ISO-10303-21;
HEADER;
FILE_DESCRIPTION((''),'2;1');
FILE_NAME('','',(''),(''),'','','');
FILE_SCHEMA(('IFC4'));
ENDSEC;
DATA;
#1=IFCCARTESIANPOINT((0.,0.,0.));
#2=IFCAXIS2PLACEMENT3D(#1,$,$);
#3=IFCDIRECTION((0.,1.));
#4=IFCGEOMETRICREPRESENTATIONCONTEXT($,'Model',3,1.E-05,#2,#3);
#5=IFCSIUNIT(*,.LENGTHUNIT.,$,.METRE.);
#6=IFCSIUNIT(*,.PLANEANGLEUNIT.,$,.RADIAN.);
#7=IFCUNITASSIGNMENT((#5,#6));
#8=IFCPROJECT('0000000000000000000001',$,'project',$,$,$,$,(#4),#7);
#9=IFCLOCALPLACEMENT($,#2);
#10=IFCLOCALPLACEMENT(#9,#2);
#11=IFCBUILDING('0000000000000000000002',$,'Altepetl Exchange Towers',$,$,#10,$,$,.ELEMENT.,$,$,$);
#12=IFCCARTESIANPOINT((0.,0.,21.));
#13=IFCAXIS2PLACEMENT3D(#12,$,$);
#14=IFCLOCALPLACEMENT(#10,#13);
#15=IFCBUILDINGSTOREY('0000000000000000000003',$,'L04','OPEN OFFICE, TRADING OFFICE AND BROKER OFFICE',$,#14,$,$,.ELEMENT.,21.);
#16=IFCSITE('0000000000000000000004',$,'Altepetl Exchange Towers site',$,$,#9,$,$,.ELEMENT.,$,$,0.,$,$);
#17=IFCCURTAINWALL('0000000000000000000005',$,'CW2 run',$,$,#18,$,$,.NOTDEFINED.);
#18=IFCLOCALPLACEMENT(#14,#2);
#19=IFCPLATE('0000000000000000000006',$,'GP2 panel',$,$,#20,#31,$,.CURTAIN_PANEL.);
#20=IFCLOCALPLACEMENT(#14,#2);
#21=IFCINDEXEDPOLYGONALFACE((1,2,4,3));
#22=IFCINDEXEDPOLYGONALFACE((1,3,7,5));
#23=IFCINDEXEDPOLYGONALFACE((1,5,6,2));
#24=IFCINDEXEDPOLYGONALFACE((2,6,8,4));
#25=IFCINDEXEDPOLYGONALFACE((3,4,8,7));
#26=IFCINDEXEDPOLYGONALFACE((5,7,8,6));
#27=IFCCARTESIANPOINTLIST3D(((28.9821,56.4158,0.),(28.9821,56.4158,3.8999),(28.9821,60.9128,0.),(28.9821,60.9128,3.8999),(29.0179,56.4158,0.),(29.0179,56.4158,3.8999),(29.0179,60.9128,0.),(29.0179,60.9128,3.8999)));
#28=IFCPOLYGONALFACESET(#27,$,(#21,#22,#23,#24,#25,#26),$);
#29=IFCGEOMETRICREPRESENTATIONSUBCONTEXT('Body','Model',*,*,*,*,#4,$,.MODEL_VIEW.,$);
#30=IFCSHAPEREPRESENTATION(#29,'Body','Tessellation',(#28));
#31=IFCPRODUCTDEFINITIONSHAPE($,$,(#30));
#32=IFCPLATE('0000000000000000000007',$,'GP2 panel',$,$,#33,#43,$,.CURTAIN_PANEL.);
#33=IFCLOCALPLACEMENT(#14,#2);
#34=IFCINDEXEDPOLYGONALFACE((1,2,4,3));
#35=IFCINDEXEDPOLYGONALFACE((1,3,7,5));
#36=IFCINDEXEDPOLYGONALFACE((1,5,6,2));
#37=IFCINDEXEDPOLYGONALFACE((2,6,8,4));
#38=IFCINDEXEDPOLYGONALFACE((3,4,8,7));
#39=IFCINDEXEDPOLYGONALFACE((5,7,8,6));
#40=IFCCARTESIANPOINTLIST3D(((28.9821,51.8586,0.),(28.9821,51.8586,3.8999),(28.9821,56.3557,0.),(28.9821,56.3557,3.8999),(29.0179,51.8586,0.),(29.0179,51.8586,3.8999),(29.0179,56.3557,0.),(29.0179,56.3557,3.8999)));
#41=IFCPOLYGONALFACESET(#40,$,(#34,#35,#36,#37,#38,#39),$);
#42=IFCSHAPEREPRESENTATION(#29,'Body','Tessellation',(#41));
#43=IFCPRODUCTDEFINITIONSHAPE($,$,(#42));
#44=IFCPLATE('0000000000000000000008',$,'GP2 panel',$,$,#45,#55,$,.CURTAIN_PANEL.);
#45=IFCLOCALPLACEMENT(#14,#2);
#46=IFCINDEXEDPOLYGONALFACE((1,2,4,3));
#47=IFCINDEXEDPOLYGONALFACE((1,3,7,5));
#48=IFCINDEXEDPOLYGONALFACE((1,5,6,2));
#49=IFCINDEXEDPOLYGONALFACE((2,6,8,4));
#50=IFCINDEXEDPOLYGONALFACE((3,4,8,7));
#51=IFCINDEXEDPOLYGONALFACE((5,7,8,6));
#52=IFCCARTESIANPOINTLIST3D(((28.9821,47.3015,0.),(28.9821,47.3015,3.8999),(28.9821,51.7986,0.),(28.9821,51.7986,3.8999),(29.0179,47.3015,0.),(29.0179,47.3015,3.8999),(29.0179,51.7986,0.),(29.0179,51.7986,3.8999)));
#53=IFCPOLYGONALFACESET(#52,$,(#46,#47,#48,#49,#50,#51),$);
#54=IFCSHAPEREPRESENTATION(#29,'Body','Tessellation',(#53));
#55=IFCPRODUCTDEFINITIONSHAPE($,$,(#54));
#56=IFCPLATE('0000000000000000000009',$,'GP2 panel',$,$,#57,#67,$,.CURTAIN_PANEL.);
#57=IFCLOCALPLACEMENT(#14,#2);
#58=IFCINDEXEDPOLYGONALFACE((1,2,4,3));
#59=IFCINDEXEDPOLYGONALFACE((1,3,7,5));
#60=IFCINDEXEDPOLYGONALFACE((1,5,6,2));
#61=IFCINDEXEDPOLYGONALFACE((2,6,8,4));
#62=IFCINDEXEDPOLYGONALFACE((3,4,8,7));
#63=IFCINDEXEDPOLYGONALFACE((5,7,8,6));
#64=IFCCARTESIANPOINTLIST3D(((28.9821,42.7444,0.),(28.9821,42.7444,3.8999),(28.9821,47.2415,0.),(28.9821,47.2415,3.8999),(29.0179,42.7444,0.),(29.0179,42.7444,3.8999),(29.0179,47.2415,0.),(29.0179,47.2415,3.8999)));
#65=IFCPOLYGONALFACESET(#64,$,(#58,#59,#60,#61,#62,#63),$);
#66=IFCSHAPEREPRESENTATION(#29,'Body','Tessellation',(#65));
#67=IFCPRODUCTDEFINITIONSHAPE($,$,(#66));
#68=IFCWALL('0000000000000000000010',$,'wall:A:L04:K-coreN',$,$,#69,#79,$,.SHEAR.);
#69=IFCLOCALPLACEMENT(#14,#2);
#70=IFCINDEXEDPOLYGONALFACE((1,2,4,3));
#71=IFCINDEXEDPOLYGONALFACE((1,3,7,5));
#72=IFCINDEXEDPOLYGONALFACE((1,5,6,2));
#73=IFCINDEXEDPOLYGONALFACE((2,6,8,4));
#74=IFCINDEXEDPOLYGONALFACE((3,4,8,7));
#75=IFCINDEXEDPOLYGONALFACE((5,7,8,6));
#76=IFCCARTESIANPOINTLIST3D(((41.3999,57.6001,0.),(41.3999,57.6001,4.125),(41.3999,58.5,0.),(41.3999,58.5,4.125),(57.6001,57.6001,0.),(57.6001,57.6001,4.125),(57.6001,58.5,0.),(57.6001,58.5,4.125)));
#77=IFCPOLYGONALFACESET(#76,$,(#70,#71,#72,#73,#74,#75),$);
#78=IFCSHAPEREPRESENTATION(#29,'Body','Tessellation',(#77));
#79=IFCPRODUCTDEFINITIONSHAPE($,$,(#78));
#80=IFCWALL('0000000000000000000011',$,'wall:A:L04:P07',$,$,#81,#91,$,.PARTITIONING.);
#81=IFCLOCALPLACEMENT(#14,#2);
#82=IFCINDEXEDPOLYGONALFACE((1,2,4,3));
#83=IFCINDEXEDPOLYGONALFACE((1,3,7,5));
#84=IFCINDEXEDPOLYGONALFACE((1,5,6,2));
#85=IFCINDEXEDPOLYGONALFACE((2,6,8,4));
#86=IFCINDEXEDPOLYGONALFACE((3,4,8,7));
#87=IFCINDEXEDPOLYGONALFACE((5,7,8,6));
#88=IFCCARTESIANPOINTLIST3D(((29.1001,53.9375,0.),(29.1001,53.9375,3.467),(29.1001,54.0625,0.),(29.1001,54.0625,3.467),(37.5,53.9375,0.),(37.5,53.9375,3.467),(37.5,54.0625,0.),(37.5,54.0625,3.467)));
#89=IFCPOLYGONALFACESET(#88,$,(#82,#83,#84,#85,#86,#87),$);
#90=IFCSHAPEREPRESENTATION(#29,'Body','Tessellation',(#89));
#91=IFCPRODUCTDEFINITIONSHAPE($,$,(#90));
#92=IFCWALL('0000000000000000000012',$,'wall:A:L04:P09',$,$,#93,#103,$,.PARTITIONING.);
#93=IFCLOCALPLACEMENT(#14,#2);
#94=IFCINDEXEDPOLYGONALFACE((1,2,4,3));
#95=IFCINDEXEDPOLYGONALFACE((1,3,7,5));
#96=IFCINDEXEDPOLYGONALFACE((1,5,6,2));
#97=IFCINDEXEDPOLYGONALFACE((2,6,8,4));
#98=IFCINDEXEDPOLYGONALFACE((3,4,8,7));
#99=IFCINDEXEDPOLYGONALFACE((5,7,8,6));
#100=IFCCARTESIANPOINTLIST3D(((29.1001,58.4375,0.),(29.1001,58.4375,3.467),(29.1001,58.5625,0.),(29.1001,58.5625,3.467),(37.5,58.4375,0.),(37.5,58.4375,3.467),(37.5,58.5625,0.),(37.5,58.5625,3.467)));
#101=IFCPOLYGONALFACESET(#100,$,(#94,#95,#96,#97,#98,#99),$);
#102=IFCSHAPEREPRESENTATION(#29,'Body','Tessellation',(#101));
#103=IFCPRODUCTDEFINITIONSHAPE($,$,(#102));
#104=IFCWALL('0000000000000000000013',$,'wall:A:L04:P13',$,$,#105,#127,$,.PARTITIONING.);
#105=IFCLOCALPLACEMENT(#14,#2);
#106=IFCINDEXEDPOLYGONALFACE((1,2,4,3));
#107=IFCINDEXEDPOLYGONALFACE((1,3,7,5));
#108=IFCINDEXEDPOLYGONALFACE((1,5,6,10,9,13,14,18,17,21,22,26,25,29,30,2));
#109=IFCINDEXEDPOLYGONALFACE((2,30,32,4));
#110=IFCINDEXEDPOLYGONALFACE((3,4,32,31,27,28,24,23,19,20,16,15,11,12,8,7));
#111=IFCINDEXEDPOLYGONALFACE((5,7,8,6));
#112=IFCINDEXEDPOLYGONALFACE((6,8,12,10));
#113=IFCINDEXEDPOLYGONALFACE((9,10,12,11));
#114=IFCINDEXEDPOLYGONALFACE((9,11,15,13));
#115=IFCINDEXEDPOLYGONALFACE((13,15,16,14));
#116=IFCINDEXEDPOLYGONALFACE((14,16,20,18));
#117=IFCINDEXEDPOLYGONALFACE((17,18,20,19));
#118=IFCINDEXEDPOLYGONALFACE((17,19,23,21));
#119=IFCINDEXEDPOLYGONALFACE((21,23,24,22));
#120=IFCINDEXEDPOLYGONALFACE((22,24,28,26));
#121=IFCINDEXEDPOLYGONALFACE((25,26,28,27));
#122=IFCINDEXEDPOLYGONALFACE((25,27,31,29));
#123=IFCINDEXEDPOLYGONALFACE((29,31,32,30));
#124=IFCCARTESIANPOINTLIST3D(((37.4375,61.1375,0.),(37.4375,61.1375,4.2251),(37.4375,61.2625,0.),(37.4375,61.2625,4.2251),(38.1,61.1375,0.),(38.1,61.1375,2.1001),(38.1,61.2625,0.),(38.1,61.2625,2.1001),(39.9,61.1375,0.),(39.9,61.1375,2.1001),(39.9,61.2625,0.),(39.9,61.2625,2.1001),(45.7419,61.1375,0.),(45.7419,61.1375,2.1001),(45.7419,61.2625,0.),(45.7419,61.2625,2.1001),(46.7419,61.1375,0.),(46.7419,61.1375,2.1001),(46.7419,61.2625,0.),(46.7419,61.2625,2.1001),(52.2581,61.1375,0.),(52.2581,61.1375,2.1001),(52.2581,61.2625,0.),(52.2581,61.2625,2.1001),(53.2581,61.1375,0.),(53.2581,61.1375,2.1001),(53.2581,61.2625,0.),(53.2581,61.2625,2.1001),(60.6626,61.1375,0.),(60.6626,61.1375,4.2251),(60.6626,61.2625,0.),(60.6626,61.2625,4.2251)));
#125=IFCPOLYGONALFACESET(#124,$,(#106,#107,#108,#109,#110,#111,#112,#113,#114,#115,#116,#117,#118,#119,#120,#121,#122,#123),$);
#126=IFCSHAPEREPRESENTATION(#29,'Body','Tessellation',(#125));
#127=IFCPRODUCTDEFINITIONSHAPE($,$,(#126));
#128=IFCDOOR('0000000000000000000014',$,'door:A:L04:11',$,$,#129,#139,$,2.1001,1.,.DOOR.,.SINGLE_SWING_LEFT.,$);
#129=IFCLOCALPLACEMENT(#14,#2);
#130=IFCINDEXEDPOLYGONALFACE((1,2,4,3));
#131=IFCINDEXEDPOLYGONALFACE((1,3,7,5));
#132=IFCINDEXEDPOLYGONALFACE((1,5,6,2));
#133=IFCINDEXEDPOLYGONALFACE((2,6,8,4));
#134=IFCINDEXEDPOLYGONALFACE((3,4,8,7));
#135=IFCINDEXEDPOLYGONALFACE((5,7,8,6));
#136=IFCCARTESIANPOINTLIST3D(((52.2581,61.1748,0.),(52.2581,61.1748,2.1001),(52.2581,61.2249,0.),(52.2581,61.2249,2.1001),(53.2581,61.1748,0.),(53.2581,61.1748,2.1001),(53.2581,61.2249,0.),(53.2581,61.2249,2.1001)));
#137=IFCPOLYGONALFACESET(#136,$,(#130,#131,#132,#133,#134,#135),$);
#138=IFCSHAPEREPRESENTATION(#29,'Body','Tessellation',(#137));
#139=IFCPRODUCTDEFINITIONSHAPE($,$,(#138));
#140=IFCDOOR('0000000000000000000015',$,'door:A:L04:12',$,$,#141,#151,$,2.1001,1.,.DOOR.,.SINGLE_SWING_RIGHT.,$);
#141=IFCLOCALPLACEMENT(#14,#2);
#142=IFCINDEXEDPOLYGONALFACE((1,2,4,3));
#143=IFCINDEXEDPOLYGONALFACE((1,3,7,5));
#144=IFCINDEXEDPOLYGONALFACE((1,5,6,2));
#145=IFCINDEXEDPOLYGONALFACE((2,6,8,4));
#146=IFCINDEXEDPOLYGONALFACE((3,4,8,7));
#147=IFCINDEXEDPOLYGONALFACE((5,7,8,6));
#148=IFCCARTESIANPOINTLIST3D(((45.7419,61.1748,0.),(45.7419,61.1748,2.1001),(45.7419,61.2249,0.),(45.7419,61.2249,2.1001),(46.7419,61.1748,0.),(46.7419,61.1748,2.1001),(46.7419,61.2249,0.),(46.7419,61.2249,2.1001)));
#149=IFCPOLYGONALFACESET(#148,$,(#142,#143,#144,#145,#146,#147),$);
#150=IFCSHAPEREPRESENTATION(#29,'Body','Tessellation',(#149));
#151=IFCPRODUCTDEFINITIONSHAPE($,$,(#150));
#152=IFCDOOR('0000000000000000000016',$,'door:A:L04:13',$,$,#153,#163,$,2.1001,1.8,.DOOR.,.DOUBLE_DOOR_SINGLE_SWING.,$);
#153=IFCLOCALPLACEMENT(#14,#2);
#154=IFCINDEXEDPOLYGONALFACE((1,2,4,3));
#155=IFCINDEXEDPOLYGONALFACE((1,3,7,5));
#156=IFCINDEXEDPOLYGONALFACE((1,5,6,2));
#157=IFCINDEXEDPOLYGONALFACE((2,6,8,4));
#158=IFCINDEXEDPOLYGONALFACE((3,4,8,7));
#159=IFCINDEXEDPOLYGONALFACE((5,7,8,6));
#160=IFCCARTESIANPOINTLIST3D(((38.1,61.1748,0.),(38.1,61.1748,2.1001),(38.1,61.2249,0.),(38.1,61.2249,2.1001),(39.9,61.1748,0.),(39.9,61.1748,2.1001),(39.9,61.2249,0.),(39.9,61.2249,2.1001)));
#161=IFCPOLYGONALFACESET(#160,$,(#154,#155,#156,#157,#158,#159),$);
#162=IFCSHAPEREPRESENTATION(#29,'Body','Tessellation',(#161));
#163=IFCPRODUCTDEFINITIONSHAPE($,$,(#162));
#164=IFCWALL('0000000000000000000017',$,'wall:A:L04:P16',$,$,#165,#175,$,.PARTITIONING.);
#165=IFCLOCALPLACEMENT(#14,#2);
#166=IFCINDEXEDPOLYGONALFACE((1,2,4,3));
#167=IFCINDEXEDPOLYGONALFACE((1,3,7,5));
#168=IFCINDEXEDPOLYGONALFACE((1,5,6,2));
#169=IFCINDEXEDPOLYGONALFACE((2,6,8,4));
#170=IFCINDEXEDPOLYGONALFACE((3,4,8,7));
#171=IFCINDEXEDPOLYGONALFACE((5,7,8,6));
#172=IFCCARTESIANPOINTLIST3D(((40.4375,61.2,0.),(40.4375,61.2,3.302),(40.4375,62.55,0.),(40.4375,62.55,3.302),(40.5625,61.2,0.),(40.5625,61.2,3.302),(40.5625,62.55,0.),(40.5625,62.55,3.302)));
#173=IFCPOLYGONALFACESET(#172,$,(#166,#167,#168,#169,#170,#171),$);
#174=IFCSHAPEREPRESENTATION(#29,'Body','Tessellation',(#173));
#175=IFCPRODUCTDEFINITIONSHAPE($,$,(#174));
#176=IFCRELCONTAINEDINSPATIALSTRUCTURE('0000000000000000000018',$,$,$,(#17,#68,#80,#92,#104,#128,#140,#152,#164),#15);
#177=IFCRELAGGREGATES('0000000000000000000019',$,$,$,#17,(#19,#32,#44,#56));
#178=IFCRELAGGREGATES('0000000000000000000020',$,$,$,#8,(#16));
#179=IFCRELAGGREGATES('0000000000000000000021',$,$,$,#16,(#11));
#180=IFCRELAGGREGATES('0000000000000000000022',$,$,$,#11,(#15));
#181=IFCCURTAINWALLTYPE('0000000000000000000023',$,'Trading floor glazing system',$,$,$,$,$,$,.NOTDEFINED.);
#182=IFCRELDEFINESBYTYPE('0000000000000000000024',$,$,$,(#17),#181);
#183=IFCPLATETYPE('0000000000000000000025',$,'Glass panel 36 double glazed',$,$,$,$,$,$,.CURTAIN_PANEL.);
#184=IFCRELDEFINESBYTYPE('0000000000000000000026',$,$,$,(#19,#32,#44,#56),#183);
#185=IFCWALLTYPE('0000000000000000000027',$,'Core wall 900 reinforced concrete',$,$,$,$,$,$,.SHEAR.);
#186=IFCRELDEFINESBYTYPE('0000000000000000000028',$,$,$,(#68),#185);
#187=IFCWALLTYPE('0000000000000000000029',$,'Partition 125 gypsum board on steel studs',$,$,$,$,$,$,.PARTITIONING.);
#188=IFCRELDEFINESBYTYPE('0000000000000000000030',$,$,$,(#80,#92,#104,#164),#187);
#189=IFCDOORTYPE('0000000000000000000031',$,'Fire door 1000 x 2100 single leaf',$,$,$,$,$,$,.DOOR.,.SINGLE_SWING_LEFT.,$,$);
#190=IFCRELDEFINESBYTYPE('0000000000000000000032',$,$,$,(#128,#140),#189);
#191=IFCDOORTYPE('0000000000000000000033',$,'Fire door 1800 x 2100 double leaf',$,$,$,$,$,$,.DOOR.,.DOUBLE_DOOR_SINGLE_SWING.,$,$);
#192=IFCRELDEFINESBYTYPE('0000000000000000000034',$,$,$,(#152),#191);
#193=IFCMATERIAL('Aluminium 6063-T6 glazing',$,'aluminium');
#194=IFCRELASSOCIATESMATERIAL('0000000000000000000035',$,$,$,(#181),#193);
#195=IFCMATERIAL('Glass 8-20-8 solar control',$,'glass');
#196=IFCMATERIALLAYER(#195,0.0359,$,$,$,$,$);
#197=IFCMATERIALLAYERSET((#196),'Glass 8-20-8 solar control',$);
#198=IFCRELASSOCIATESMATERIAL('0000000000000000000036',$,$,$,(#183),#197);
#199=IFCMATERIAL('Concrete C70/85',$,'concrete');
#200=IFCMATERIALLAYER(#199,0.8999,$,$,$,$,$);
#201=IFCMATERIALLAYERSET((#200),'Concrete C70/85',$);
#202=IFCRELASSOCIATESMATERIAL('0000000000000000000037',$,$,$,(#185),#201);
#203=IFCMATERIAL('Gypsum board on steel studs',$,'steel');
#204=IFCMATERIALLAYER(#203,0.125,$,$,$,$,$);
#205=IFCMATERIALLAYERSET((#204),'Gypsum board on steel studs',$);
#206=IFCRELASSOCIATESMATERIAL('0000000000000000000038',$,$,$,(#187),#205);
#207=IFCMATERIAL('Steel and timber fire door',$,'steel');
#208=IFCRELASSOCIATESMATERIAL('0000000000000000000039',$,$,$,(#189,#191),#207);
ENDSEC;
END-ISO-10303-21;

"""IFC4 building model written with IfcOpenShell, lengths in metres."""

from ifc_helpers import new_model, si_unit, direction, frame, frame_2d, origin, origin_2d, place, context, subcontext, project, spatial, rectangle, extrude, material, layer, layer_set, type_object, element, fill, aggregate, save


model = new_model("IFC4")

# Units and contexts
model_context = context("Model", 3, precision=1e-05, world=origin(), true_north=direction((0.0, 1.0)))
body_context = subcontext(model_context, "Body", "Model", "MODEL_VIEW")
ifc_project = project(units=[si_unit("LENGTHUNIT", "METRE"), si_unit("PLANEANGLEUNIT", "RADIAN")], contexts=[model_context])

# Site, building, storey
site_placement = place(None, origin())
site = spatial("IfcSite", under=ifc_project, at=site_placement, Name="Altepetl Exchange Towers site", CompositionType="ELEMENT", RefElevation=0.0)
building_placement = place(site_placement, origin())
building = spatial("IfcBuilding", under=site, at=building_placement, Name="Altepetl Exchange Towers", CompositionType="ELEMENT")
storey_placement = place(building_placement, frame((0.0, 0.0, 21.0)))
storey = spatial("IfcBuildingStorey", under=building, at=storey_placement, Name="L04", Description="OPEN OFFICE, TRADING OFFICE AND BROKER OFFICE", CompositionType="ELEMENT", Elevation=21.0)

# Shared definitions
ifc_material_1 = material(Name="Concrete C70/85", Category="concrete")

# Curtain wall
ifc_material_2 = material(Name="Aluminium 6063-T6 glazing", Category="aluminium")
curtain_wall_type = type_object("IfcCurtainWallType", Name="Trading floor glazing system", PredefinedType="NOTDEFINED", material=ifc_material_2)
curtain_wall_placement = place(storey_placement, origin())
curtain_wall = element("IfcCurtainWall", 1, at=curtain_wall_placement, inside=storey, type_object=curtain_wall_type, Name="CW2 run", PredefinedType="NOTDEFINED")

# Plates
ifc_material_3 = material(Name="Glass 8-20-8 solar control", Category="glass")
ifc_layer_1 = layer(ifc_material_3, 0.0359)
ifc_layer_set_1 = layer_set([ifc_layer_1], Name="Glass 8-20-8 solar control")
plate_type = type_object("IfcPlateType", Name="Glass panel 36 double glazed", PredefinedType="CURTAIN_PANEL", material=ifc_layer_set_1)
plate_1_placement = place(storey_placement, frame((29.0, 58.6643, 0.0), z_axis=(0.0, 0.0, 1.0), x_axis=(0.0, -1.0, 0.0)))
plate_1 = element("IfcPlate", 2, at=plate_1_placement, type_object=plate_type, Name="GP2 panel", PredefinedType="CURTAIN_PANEL", context=body_context, shape_type="SweptSolid", body=[
    extrude(rectangle(XDim=4.4971, YDim=0.0359, at=origin_2d()), origin(), (0.0, 0.0, 1.0), 3.8999),
])
plate_2_placement = place(storey_placement, frame((29.0, 54.1072, 0.0), z_axis=(0.0, 0.0, 1.0), x_axis=(0.0, -1.0, 0.0)))
plate_2 = element("IfcPlate", 3, at=plate_2_placement, type_object=plate_type, Name="GP2 panel", PredefinedType="CURTAIN_PANEL", context=body_context, shape_type="SweptSolid", body=[
    extrude(rectangle(XDim=4.4971, YDim=0.0359, at=origin_2d()), origin(), (0.0, 0.0, 1.0), 3.8999),
])
plate_3_placement = place(storey_placement, frame((29.0, 49.55, 0.0), z_axis=(0.0, 0.0, 1.0), x_axis=(0.0, -1.0, 0.0)))
plate_3 = element("IfcPlate", 4, at=plate_3_placement, type_object=plate_type, Name="GP2 panel", PredefinedType="CURTAIN_PANEL", context=body_context, shape_type="SweptSolid", body=[
    extrude(rectangle(XDim=4.4971, YDim=0.0359, at=origin_2d()), origin(), (0.0, 0.0, 1.0), 3.8999),
])
plate_4_placement = place(storey_placement, frame((29.0, 44.9929, 0.0), z_axis=(0.0, 0.0, 1.0), x_axis=(0.0, -1.0, 0.0)))
plate_4 = element("IfcPlate", 5, at=plate_4_placement, type_object=plate_type, Name="GP2 panel", PredefinedType="CURTAIN_PANEL", context=body_context, shape_type="SweptSolid", body=[
    extrude(rectangle(XDim=4.4971, YDim=0.0359, at=origin_2d()), origin(), (0.0, 0.0, 1.0), 3.8999),
])
aggregate(curtain_wall, [plate_1, plate_2, plate_3, plate_4])

# Walls
ifc_layer_2 = layer(ifc_material_1, 0.8999)
ifc_layer_set_2 = layer_set([ifc_layer_2], Name="Concrete C70/85")
wall_type_1 = type_object("IfcWallType", Name="Core wall 900 reinforced concrete", PredefinedType="SHEAR", material=ifc_layer_set_2)
wall_1_placement = place(storey_placement, frame((41.3999, 58.05, 0.0)))
element("IfcWall", 6, at=wall_1_placement, inside=storey, type_object=wall_type_1, Name="wall:A:L04:K-coreN", PredefinedType="SHEAR", context=body_context, shape_type="SweptSolid", body=[
    extrude(rectangle(XDim=16.2002, YDim=0.8999, at=frame_2d((8.1001, 0.0))), origin(), (0.0, 0.0, 1.0), 4.125),
])
ifc_material_4 = material(Name="Gypsum board on steel studs", Category="steel")
ifc_layer_3 = layer(ifc_material_4, 0.125)
ifc_layer_set_3 = layer_set([ifc_layer_3], Name="Gypsum board on steel studs")
wall_type_2 = type_object("IfcWallType", Name="Partition 125 gypsum board on steel studs", PredefinedType="PARTITIONING", material=ifc_layer_set_3)
for number, where, name in (
    (7, (29.1001, 54.0, 0.0), "wall:A:L04:P07"),
    (8, (29.1001, 58.5, 0.0), "wall:A:L04:P09"),
):
    element("IfcWall", number, at=place(storey_placement, frame(where)), inside=storey, type_object=wall_type_2, Name=name, PredefinedType="PARTITIONING", context=body_context, shape_type="SweptSolid", body=[
        extrude(rectangle(XDim=8.3999, YDim=0.125, at=frame_2d((4.2, 0.0))), origin(), (0.0, 0.0, 1.0), 3.467),
    ])

# Wall, openings, doors
wall_2_placement = place(storey_placement, frame((37.4375, 61.2, 0.0)))
wall_2 = element("IfcWall", 9, at=wall_2_placement, inside=storey, type_object=wall_type_2, Name="wall:A:L04:P13", PredefinedType="PARTITIONING", context=body_context, shape_type="SweptSolid", body=[
    extrude(rectangle(XDim=23.2251, YDim=0.125, at=frame_2d((11.6125, 0.0))), origin(), (0.0, 0.0, 1.0), 4.2251),
])
opening_1_placement = place(wall_2_placement, frame((14.8206, 0.0, 0.0)))
opening_1 = element("IfcOpeningElement", 10, at=opening_1_placement, cuts=wall_2, PredefinedType="OPENING", context=body_context, shape_type="SweptSolid", body=[
    extrude(rectangle(XDim=1.0, YDim=2.1001, at=frame_2d((0.5, 1.05))), frame((0.0, 0.0725, 0.0), z_axis=(0.0, -1.0, 0.0), x_axis=(1.0, 0.0, 0.0)), (0.0, 0.0, 1.0), 0.145),
])
opening_2_placement = place(wall_2_placement, frame((8.3044, 0.0, 0.0)))
opening_2 = element("IfcOpeningElement", 11, at=opening_2_placement, cuts=wall_2, PredefinedType="OPENING", context=body_context, shape_type="SweptSolid", body=[
    extrude(rectangle(XDim=1.0, YDim=2.1001, at=frame_2d((0.5, 1.05))), frame((0.0, 0.0725, 0.0), z_axis=(0.0, -1.0, 0.0), x_axis=(1.0, 0.0, 0.0)), (0.0, 0.0, 1.0), 0.145),
])
opening_3_placement = place(wall_2_placement, frame((0.6626, 0.0, 0.0)))
opening_3 = element("IfcOpeningElement", 12, at=opening_3_placement, cuts=wall_2, PredefinedType="OPENING", context=body_context, shape_type="SweptSolid", body=[
    extrude(rectangle(XDim=1.8, YDim=2.1001, at=frame_2d((0.8999, 1.05))), frame((0.0, 0.0725, 0.0), z_axis=(0.0, -1.0, 0.0), x_axis=(1.0, 0.0, 0.0)), (0.0, 0.0, 1.0), 0.145),
])
ifc_material_5 = material(Name="Steel and timber fire door", Category="steel")
door_type_1 = type_object("IfcDoorType", Name="Fire door 1000 x 2100 single leaf", OperationType="SINGLE_SWING_LEFT", PredefinedType="DOOR", material=ifc_material_5)
door_1_placement = place(opening_1_placement, origin())
door_1 = element("IfcDoor", 13, at=door_1_placement, inside=storey, type_object=door_type_1, Name="door:A:L04:11", OperationType="SINGLE_SWING_LEFT", OverallHeight=2.1001, OverallWidth=1.0, PredefinedType="DOOR", context=body_context, shape_type="SweptSolid", body=[
    extrude(rectangle(XDim=1.0, YDim=2.1001, at=frame_2d((0.5, 1.05))), frame((0.0, 0.0249, 0.0), z_axis=(0.0, -1.0, 0.0), x_axis=(1.0, 0.0, 0.0)), (0.0, 0.0, 1.0), 0.05),
])
fill(opening_1, door_1)
door_2_placement = place(opening_2_placement, origin())
door_2 = element("IfcDoor", 14, at=door_2_placement, inside=storey, type_object=door_type_1, Name="door:A:L04:12", OperationType="SINGLE_SWING_RIGHT", OverallHeight=2.1001, OverallWidth=1.0, PredefinedType="DOOR", context=body_context, shape_type="SweptSolid", body=[
    extrude(rectangle(XDim=1.0, YDim=2.1001, at=frame_2d((0.5, 1.05))), frame((0.0, 0.0249, 0.0), z_axis=(0.0, -1.0, 0.0), x_axis=(1.0, 0.0, 0.0)), (0.0, 0.0, 1.0), 0.05),
])
fill(opening_2, door_2)
door_type_2 = type_object("IfcDoorType", Name="Fire door 1800 x 2100 double leaf", OperationType="DOUBLE_DOOR_SINGLE_SWING", PredefinedType="DOOR", material=ifc_material_5)
door_3_placement = place(opening_3_placement, origin())
door_3 = element("IfcDoor", 15, at=door_3_placement, inside=storey, type_object=door_type_2, Name="door:A:L04:13", OperationType="DOUBLE_DOOR_SINGLE_SWING", OverallHeight=2.1001, OverallWidth=1.8, PredefinedType="DOOR", context=body_context, shape_type="SweptSolid", body=[
    extrude(rectangle(XDim=1.8, YDim=2.1001, at=frame_2d((0.8999, 1.05))), frame((0.0, 0.0249, 0.0), z_axis=(0.0, -1.0, 0.0), x_axis=(1.0, 0.0, 0.0)), (0.0, 0.0, 1.0), 0.05),
])
fill(opening_3, door_3)

# Wall
wall_3_placement = place(storey_placement, frame((40.5, 61.2, 0.0), z_axis=(0.0, 0.0, 1.0), x_axis=(0.0, 1.0, 0.0)))
element("IfcWall", 16, at=wall_3_placement, inside=storey, type_object=wall_type_2, Name="wall:A:L04:P16", PredefinedType="PARTITIONING", context=body_context, shape_type="SweptSolid", body=[
    extrude(rectangle(XDim=1.3501, YDim=0.125, at=frame_2d((0.675, 0.0))), origin(), (0.0, 0.0, 1.0), 3.302),
])

save(model, "model.ifc")
